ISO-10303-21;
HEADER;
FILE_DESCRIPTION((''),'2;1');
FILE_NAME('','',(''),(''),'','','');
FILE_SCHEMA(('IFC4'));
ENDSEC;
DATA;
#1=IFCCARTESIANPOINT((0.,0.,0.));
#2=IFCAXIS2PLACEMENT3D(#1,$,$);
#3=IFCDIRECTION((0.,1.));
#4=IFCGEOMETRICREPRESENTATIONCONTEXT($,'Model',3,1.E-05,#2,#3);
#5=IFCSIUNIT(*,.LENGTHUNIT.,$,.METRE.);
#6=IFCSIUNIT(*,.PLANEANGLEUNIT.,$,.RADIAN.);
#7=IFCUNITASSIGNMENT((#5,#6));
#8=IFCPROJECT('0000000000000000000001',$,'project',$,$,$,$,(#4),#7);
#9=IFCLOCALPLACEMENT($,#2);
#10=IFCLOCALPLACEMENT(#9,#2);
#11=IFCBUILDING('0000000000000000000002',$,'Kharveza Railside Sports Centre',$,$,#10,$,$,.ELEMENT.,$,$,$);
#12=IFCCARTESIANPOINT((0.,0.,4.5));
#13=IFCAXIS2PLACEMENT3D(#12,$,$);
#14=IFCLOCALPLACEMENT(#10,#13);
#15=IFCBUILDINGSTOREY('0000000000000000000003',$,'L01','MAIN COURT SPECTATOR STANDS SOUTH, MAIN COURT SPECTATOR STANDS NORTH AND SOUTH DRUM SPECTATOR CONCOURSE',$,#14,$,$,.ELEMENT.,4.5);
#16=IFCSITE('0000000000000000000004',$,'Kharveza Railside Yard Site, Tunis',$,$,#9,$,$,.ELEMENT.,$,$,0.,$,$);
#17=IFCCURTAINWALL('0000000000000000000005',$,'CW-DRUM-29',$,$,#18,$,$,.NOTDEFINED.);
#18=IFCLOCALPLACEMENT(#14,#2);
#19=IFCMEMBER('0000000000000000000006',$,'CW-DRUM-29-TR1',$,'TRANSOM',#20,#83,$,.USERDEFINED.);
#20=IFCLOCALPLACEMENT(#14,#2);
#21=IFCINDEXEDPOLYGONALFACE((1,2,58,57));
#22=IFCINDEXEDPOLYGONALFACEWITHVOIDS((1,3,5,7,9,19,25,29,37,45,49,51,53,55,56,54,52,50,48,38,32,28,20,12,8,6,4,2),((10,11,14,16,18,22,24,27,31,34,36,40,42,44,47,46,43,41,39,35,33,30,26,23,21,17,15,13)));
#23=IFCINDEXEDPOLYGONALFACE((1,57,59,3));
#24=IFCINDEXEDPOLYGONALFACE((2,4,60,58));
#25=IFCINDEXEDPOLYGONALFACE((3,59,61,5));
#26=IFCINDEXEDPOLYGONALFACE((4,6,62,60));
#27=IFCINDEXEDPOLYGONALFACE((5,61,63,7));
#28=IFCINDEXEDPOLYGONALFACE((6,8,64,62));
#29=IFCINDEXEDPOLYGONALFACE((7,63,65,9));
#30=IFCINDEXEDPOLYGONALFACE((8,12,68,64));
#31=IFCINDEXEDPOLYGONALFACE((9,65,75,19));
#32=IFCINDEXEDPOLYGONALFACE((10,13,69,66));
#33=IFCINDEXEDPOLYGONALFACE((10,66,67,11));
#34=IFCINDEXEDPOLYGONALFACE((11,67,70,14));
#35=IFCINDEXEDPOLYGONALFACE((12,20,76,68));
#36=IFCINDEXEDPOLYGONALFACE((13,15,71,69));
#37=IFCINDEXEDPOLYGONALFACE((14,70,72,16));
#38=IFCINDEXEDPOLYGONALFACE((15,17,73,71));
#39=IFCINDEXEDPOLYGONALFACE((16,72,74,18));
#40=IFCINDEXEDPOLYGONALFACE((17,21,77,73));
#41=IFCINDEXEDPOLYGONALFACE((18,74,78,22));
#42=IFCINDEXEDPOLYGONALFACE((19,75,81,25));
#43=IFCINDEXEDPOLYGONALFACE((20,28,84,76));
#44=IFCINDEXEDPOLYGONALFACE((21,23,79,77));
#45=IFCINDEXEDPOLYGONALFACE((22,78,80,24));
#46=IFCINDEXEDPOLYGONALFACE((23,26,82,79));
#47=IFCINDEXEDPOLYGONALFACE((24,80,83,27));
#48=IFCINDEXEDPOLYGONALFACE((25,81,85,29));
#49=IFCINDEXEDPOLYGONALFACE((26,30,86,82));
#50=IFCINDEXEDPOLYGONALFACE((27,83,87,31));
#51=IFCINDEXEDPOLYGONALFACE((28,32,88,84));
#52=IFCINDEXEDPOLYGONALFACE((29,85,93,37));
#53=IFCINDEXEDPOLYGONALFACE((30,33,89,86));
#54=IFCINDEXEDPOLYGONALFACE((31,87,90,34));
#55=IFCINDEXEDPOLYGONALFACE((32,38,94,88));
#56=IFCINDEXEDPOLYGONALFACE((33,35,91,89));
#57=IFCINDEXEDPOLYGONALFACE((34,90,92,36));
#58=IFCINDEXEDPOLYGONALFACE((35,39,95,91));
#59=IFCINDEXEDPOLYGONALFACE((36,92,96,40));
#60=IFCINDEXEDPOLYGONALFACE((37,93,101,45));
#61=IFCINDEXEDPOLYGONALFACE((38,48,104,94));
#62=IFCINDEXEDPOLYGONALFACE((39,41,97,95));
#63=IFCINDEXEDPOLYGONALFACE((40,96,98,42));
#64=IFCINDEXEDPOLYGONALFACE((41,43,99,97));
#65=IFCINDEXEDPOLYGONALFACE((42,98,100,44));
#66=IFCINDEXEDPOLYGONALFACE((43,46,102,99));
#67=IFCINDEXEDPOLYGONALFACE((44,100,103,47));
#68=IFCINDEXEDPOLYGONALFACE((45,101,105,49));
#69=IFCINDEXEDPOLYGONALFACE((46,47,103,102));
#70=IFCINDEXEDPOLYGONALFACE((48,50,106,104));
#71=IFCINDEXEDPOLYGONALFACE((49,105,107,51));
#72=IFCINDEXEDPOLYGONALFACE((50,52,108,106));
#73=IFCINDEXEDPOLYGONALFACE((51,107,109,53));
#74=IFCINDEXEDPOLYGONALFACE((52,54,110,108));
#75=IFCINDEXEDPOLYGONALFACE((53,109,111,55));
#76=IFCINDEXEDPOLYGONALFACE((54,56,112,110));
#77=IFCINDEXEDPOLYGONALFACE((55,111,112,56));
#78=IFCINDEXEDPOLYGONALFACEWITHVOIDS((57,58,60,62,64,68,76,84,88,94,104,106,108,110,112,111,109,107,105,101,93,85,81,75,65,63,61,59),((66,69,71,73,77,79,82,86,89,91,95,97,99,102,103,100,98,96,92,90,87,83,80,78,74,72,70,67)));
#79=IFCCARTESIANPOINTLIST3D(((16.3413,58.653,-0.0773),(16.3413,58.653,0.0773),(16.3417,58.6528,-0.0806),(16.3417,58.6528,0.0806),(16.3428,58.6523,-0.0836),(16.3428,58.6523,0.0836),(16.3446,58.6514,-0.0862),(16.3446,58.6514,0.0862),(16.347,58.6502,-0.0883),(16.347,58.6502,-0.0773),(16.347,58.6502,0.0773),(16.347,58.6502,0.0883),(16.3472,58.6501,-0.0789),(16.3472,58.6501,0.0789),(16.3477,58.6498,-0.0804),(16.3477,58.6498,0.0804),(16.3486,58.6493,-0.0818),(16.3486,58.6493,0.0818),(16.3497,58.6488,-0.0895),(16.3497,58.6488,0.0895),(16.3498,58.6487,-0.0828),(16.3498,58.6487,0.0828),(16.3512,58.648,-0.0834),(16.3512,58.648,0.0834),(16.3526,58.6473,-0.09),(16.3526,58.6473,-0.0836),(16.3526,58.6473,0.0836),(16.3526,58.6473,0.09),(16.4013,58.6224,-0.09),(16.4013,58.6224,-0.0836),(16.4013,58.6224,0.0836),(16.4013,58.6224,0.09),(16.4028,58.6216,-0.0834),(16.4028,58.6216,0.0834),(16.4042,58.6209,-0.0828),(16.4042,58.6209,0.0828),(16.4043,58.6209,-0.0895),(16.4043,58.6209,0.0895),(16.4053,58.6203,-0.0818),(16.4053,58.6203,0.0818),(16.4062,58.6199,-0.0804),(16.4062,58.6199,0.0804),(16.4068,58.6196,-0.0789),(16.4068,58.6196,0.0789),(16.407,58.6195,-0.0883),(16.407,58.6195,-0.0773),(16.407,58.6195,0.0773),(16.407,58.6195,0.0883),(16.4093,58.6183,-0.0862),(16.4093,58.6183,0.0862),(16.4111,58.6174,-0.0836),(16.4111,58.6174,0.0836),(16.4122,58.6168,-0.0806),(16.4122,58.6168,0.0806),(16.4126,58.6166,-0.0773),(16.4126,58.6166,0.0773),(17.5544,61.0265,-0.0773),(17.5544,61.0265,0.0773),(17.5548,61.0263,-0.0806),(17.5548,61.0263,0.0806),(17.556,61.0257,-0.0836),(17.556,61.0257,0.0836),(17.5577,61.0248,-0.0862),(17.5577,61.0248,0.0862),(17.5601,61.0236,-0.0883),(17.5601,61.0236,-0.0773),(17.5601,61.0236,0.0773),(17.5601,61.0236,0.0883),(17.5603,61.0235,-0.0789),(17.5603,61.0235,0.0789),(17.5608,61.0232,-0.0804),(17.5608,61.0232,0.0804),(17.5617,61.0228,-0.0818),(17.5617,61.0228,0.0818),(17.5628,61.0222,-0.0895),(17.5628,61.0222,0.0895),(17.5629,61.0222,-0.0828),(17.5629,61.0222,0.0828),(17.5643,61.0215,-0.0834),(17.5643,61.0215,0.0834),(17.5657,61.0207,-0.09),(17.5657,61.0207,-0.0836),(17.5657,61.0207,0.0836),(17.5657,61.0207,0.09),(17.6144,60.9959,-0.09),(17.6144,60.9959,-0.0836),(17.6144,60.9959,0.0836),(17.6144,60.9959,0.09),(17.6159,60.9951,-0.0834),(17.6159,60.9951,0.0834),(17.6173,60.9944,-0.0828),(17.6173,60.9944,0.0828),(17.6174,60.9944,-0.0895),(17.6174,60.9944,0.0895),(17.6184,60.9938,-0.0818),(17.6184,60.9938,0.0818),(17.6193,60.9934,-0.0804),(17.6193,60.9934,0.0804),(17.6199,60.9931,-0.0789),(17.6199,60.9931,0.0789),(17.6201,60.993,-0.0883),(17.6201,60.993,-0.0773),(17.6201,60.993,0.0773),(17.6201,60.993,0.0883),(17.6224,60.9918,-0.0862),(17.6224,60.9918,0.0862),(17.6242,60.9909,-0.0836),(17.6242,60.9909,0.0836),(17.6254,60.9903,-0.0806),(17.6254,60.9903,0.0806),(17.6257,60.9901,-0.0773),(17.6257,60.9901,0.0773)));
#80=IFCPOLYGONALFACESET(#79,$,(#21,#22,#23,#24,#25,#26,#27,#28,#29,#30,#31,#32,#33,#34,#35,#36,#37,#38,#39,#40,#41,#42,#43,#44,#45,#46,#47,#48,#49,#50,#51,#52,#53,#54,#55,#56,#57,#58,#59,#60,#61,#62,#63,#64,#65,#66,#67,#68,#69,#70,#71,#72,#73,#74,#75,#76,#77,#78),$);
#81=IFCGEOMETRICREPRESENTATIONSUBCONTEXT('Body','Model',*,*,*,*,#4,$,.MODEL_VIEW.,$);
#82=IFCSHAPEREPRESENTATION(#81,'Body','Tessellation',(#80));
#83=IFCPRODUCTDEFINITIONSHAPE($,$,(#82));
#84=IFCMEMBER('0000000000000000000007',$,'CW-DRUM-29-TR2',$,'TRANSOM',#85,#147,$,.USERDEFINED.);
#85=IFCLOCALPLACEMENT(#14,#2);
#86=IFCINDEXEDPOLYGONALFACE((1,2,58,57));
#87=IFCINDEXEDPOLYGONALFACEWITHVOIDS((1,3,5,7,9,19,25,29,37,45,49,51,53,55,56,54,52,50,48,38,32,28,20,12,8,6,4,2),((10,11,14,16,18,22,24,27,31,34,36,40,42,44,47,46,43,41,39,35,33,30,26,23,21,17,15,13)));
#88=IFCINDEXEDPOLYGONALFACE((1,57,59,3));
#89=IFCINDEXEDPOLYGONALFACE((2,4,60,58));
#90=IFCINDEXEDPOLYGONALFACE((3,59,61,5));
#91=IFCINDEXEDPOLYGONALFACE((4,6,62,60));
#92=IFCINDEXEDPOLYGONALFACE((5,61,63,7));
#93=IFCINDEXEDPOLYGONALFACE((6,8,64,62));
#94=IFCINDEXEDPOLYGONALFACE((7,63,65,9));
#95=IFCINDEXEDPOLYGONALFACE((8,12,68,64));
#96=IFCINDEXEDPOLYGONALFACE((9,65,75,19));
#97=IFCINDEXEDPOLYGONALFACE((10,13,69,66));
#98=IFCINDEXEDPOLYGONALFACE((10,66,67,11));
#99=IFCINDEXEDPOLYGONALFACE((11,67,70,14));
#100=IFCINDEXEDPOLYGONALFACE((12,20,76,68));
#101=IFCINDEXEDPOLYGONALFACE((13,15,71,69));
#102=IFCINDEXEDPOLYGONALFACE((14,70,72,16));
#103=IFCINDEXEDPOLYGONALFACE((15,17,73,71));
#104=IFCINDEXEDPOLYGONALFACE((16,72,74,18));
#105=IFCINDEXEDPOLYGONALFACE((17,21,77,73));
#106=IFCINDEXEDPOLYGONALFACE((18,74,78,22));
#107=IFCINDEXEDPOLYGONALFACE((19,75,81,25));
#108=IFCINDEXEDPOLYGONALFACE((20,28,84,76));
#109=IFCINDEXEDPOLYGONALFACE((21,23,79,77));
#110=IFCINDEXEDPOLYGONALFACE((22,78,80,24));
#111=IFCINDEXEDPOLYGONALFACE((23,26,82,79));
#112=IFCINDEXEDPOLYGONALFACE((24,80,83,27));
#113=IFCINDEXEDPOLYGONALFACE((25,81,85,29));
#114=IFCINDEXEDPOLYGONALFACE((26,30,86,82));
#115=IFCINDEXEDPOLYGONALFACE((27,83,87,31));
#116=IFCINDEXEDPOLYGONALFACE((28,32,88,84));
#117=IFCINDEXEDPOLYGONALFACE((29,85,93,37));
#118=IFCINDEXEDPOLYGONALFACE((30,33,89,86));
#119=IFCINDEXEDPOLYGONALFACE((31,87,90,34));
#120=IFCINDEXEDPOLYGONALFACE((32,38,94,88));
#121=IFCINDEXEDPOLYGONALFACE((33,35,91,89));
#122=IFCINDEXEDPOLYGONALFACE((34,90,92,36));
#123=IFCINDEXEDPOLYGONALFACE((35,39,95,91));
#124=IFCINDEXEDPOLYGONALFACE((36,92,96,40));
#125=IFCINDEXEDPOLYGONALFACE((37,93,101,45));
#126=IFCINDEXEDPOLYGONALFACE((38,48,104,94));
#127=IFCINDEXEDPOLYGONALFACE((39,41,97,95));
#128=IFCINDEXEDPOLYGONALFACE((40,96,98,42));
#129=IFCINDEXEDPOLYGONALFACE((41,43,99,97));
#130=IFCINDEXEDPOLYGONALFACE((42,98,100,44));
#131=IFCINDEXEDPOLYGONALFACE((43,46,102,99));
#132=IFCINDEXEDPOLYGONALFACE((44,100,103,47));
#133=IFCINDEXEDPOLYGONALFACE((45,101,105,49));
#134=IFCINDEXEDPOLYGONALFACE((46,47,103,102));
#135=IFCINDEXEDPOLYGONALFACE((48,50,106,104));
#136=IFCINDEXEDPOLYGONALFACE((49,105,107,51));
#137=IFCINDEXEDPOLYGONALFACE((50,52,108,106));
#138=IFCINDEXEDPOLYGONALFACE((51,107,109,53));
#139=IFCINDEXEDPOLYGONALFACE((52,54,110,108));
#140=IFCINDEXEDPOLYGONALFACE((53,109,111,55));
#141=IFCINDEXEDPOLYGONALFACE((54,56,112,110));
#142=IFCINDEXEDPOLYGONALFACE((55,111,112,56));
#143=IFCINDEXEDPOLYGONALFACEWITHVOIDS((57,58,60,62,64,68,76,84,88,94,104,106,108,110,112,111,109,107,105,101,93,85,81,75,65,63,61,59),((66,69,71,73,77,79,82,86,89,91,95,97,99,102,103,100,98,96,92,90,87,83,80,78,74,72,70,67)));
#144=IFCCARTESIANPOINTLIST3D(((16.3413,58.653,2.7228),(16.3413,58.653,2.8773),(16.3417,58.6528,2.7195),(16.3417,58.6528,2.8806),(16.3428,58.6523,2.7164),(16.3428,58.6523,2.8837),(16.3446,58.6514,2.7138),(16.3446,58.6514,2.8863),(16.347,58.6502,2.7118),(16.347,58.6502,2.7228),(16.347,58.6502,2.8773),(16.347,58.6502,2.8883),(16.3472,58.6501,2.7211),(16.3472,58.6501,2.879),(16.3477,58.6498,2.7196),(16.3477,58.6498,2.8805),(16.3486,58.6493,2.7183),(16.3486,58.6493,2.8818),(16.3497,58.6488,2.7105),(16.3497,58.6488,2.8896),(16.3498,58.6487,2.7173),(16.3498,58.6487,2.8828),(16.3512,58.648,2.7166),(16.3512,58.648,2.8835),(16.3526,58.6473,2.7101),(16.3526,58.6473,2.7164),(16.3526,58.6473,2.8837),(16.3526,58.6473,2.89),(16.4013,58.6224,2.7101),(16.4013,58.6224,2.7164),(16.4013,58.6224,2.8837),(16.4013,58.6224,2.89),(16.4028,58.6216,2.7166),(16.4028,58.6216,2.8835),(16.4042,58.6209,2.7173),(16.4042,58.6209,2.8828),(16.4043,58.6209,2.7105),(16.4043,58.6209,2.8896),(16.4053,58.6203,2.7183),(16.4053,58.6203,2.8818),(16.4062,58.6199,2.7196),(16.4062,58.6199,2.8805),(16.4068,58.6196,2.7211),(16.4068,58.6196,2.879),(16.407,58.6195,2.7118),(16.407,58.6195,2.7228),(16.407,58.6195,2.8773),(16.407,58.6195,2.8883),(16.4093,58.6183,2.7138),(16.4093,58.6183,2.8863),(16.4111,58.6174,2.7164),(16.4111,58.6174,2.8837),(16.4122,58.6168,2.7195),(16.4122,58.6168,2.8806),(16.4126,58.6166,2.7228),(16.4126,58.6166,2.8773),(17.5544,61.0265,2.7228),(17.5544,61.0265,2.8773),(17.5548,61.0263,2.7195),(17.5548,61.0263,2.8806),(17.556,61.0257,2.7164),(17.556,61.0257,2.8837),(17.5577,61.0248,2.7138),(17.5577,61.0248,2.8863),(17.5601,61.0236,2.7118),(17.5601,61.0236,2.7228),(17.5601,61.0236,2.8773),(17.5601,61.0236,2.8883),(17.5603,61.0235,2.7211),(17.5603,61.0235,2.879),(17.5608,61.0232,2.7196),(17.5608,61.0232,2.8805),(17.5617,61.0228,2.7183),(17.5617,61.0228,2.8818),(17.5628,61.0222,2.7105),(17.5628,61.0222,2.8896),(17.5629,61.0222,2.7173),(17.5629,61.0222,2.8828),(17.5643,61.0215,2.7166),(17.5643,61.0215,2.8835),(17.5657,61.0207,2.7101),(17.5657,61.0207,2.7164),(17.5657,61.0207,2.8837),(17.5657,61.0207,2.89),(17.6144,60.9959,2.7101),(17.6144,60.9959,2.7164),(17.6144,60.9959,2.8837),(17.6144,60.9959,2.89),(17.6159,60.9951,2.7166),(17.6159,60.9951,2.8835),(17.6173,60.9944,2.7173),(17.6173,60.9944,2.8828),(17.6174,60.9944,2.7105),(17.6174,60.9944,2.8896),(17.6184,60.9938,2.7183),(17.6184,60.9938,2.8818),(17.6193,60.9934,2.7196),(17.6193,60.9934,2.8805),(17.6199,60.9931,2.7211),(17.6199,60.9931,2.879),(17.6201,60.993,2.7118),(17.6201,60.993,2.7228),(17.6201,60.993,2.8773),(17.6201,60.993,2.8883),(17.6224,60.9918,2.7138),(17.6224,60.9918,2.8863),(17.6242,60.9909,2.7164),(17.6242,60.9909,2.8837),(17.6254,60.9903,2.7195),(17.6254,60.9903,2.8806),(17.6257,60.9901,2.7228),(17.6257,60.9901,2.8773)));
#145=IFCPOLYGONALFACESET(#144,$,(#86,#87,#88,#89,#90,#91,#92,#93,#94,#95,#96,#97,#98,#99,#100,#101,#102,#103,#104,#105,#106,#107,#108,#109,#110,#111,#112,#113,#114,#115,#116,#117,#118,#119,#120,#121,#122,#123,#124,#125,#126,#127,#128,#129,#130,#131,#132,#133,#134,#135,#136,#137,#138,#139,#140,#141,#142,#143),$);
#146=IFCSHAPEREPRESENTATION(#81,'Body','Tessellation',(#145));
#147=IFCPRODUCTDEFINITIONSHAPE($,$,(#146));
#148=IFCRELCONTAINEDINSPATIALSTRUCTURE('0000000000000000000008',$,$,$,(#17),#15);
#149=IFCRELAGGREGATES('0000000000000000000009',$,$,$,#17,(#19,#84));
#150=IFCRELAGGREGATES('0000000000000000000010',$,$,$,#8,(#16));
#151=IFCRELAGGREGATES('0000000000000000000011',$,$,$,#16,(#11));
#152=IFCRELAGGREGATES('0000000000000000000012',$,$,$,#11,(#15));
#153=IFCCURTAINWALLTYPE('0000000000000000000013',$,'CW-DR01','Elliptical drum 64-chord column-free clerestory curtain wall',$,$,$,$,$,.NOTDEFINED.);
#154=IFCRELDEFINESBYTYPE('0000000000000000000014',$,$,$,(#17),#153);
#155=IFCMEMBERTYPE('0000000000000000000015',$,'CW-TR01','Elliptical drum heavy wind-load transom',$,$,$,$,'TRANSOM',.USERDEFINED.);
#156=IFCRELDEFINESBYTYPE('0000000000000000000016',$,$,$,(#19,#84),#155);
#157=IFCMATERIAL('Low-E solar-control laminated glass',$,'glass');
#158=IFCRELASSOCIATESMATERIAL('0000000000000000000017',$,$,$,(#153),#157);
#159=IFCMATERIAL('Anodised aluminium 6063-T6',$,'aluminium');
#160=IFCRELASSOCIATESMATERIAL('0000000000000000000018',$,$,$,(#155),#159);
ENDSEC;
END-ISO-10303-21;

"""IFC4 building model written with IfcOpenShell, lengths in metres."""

from ifc_helpers import new_model, si_unit, direction, frame, origin, origin_2d, place, context, subcontext, project, spatial, hollow_rectangle, extrude, material, material_profile, profile_set, type_object, element, aggregate, save


model = new_model("IFC4")

# Units and contexts
model_context = context("Model", 3, precision=1e-05, world=origin(), true_north=direction((0.0, 1.0)))
body_context = subcontext(model_context, "Body", "Model", "MODEL_VIEW")
ifc_project = project(units=[si_unit("LENGTHUNIT", "METRE"), si_unit("PLANEANGLEUNIT", "RADIAN")], contexts=[model_context])

# Site, building, storey
site_placement = place(None, origin())
site = spatial("IfcSite", under=ifc_project, at=site_placement, Name="Kharveza Railside Yard Site, Tunis", CompositionType="ELEMENT", RefElevation=0.0)
building_placement = place(site_placement, origin())
building = spatial("IfcBuilding", under=site, at=building_placement, Name="Kharveza Railside Sports Centre", CompositionType="ELEMENT")
storey_placement = place(building_placement, frame((0.0, 0.0, 4.5)))
storey = spatial("IfcBuildingStorey", under=building, at=storey_placement, Name="L01", Description="MAIN COURT SPECTATOR STANDS SOUTH, MAIN COURT SPECTATOR STANDS NORTH AND SOUTH DRUM SPECTATOR CONCOURSE", CompositionType="ELEMENT", Elevation=4.5)

# Curtain wall
ifc_material_1 = material(Name="Low-E solar-control laminated glass", Category="glass")
curtain_wall_type = type_object("IfcCurtainWallType", Name="CW-DR01", Description="Elliptical drum 64-chord column-free clerestory curtain wall", PredefinedType="NOTDEFINED", material=ifc_material_1)
ifc_material_2 = material(Name="Anodised aluminium 6063-T6", Category="aluminium")
curtain_wall_1_placement = place(storey_placement, origin())
curtain_wall_1 = element("IfcCurtainWall", 1, at=curtain_wall_1_placement, inside=storey, type_object=curtain_wall_type, Name="CW-DRUM-29", PredefinedType="NOTDEFINED")

# Members
ifc_material_profile_1 = material_profile(ifc_material_2, hollow_rectangle(XDim=0.0801, YDim=0.1799, WallThickness=0.0063, InnerFilletRadius=0.0063, OuterFilletRadius=0.0127, at=origin_2d()), Name="RHS 80x180x6.3")
ifc_profile_set_1 = profile_set([ifc_material_profile_1], Name="Anodised aluminium 6063-T6")
member_type_1 = type_object("IfcMemberType", Name="CW-TR01", Description="Elliptical drum heavy wind-load transom", ElementType="TRANSOM", PredefinedType="USERDEFINED", material=ifc_profile_set_1)
member_1_placement = place(storey_placement, frame((17.5901, 61.0083, 0.0), z_axis=(-0.455109, -0.890436, 0.0), x_axis=(0.890436, -0.455109, 0.0)))
member_1 = element("IfcMember", 2, at=member_1_placement, type_object=member_type_1, Name="CW-DRUM-29-TR1", ObjectType="TRANSOM", PredefinedType="USERDEFINED", context=body_context, shape_type="SweptSolid", body=[
    extrude(hollow_rectangle(XDim=0.0801, YDim=0.1799, WallThickness=0.0063, InnerFilletRadius=0.0063, OuterFilletRadius=0.0127, at=origin_2d()), origin(), (0.0, 0.0, 1.0), 2.6655),
])
member_2_placement = place(storey_placement, frame((17.5901, 61.0083, 2.8), z_axis=(-0.455109, -0.890436, 0.0), x_axis=(0.890436, -0.455109, 0.0)))
member_2 = element("IfcMember", 3, at=member_2_placement, type_object=member_type_1, Name="CW-DRUM-29-TR2", ObjectType="TRANSOM", PredefinedType="USERDEFINED", context=body_context, shape_type="SweptSolid", body=[
    extrude(hollow_rectangle(XDim=0.0801, YDim=0.1799, WallThickness=0.0063, InnerFilletRadius=0.0063, OuterFilletRadius=0.0127, at=origin_2d()), origin(), (0.0, 0.0, 1.0), 2.6655),
])

aggregate(curtain_wall_1, [member_1, member_2])

save(model, "model.ifc")
